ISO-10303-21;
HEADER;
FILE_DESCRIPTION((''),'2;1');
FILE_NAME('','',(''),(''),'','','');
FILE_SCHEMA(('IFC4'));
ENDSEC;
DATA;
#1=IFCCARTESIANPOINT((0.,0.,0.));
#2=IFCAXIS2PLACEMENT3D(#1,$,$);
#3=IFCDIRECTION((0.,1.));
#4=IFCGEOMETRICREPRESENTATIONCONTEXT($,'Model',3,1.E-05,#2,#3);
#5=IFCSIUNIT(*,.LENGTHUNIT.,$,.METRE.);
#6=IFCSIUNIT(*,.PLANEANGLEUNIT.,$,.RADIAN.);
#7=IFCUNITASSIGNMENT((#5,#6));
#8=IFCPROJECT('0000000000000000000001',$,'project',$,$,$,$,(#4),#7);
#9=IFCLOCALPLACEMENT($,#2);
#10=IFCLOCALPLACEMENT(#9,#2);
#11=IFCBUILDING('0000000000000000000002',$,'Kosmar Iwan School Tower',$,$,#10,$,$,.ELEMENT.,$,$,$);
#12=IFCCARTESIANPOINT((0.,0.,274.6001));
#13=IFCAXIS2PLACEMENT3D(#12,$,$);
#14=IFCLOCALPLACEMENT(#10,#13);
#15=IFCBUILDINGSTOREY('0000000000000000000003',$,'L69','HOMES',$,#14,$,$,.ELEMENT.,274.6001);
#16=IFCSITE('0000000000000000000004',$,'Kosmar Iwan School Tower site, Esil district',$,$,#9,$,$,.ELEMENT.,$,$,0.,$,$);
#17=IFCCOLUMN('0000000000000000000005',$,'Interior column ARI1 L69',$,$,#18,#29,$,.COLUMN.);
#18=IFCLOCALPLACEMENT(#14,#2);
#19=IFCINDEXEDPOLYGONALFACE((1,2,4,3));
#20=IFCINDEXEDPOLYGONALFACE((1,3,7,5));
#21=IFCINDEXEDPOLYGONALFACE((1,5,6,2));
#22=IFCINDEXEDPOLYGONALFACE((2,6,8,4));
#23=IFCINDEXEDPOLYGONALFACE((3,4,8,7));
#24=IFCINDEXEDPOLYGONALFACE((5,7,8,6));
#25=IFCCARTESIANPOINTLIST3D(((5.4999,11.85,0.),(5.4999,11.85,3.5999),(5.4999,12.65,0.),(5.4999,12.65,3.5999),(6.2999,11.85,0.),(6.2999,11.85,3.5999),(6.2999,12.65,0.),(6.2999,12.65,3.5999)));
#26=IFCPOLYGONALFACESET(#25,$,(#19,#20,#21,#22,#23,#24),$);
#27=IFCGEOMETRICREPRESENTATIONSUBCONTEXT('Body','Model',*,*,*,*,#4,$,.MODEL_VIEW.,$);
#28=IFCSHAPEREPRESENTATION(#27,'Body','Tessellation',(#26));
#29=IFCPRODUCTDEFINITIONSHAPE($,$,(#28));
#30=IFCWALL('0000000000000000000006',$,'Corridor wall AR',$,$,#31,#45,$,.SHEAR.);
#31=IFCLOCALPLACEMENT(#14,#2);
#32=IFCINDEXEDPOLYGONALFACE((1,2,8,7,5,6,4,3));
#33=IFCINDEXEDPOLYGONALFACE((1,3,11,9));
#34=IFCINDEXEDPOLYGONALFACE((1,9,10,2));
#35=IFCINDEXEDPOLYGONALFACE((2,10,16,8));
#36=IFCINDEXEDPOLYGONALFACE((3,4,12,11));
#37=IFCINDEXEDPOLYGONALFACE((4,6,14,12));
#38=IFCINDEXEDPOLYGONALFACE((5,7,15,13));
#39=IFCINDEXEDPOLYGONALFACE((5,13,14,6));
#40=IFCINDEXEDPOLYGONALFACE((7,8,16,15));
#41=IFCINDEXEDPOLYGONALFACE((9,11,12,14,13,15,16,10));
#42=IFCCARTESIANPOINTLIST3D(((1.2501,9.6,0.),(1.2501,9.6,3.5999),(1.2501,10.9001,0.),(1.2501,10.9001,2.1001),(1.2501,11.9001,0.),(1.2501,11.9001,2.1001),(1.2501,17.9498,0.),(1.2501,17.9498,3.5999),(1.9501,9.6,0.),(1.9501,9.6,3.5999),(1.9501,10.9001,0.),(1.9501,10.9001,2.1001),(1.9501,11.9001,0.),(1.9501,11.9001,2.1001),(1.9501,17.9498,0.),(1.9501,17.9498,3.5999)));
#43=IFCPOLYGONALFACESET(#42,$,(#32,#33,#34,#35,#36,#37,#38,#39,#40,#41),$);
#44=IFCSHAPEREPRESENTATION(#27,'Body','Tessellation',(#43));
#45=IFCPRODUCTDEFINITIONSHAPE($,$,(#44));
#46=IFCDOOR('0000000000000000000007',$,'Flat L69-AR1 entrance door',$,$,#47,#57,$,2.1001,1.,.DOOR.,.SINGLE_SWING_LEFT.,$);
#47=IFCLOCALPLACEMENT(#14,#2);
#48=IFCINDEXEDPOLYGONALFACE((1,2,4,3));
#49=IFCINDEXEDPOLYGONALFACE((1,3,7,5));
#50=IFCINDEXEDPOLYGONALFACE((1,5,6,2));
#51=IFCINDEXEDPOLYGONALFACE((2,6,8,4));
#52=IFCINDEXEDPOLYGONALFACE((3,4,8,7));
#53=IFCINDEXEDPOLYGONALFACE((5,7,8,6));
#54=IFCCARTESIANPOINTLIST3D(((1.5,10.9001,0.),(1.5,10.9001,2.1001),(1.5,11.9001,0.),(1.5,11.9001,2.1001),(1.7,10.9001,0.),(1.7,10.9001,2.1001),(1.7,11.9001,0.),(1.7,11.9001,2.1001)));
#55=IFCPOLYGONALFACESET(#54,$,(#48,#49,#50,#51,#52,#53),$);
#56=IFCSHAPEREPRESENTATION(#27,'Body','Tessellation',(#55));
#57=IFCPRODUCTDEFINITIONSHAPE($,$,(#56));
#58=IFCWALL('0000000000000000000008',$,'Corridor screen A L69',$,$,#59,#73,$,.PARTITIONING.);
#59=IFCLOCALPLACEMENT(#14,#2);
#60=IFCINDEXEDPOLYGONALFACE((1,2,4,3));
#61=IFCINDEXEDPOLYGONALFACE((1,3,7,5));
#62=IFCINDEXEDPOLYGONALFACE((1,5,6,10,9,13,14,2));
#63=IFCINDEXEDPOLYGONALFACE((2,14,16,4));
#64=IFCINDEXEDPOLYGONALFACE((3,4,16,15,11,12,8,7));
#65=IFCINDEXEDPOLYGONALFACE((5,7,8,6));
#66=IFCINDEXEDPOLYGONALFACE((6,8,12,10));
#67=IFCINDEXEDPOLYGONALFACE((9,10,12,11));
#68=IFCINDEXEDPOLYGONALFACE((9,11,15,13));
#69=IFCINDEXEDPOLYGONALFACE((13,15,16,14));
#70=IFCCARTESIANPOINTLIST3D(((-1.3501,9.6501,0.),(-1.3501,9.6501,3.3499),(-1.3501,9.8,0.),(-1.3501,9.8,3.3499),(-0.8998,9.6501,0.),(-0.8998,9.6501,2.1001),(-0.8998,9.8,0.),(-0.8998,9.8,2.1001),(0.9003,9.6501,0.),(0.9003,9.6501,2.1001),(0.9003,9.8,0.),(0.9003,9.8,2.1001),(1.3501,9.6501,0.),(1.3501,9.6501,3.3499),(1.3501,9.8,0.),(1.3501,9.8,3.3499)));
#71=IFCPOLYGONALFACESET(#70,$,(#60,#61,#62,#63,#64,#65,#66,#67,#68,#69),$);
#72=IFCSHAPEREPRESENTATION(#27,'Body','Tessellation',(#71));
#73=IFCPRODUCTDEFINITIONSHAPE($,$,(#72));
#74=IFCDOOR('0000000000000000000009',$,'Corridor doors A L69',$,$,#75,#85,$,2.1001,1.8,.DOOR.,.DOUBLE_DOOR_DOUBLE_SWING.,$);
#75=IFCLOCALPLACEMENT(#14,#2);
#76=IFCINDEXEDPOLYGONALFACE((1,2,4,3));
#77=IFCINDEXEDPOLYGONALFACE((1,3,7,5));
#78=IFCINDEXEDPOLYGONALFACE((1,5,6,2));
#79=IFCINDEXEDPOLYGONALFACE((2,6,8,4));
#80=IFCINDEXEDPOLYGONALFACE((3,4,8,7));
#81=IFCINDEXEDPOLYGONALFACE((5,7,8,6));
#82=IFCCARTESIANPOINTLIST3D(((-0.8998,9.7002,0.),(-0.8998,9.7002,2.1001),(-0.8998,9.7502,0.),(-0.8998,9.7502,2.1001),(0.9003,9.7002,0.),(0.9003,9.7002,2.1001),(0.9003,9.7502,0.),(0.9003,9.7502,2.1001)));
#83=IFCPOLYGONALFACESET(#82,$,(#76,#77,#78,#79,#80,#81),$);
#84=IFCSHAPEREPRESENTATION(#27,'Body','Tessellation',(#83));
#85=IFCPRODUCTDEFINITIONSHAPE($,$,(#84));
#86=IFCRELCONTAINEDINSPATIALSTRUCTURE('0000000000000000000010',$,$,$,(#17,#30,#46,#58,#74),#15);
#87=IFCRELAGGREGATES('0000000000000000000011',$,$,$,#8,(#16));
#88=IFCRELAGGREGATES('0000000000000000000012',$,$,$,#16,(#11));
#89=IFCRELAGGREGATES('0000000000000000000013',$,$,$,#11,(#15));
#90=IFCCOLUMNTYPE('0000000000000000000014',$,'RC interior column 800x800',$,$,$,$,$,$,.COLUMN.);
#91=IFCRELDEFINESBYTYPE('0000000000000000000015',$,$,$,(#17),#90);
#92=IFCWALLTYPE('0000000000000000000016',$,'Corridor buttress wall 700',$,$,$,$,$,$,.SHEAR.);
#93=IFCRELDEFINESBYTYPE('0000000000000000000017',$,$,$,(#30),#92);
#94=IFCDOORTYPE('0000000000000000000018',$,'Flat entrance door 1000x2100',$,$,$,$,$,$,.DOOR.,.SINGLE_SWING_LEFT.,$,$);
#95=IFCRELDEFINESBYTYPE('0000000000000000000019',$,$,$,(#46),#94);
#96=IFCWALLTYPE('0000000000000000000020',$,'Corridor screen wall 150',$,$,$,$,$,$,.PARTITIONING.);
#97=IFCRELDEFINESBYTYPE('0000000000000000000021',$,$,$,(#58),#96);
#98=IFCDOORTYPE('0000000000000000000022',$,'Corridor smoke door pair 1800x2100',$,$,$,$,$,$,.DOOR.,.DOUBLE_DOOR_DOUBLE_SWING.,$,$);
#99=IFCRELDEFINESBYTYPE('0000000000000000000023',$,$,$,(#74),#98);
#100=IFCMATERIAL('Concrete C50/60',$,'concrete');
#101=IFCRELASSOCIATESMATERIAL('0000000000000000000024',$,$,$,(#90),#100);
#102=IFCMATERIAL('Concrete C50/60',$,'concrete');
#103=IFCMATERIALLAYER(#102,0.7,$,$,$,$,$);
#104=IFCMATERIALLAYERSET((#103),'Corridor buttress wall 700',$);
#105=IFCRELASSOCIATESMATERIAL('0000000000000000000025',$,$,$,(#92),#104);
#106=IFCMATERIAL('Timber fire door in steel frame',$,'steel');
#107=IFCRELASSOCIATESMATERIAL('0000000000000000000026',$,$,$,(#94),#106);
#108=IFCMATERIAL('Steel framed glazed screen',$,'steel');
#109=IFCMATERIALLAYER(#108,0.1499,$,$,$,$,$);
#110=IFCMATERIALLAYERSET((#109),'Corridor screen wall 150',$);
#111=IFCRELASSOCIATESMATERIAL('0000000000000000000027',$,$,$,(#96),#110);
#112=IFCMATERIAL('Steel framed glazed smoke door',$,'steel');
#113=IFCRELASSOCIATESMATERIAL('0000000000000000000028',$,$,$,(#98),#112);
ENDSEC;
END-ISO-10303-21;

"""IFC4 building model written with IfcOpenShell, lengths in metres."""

from ifc_helpers import new_model, si_unit, direction, frame, frame_2d, origin, origin_2d, place, context, subcontext, project, spatial, rectangle, extrude, material, layer, layer_set, material_profile, profile_set, type_object, element, fill, save


model = new_model("IFC4")

# Units and contexts
model_context = context("Model", 3, precision=1e-05, world=origin(), true_north=direction((0.0, 1.0)))
body_context = subcontext(model_context, "Body", "Model", "MODEL_VIEW")
ifc_project = project(units=[si_unit("LENGTHUNIT", "METRE"), si_unit("PLANEANGLEUNIT", "RADIAN")], contexts=[model_context])

# Site, building, storey
site_placement = place(None, origin())
site = spatial("IfcSite", under=ifc_project, at=site_placement, Name="Kosmar Iwan School Tower site, Esil district", CompositionType="ELEMENT", RefElevation=0.0)
building_placement = place(site_placement, origin())
building = spatial("IfcBuilding", under=site, at=building_placement, Name="Kosmar Iwan School Tower", CompositionType="ELEMENT")
storey_placement = place(building_placement, frame((0.0, 0.0, 274.6001)))
storey = spatial("IfcBuildingStorey", under=building, at=storey_placement, Name="L69", Description="HOMES", CompositionType="ELEMENT", Elevation=274.6001)

# Column
ifc_material_1 = material(Name="Concrete C50/60", Category="concrete")
ifc_material_profile = material_profile(ifc_material_1, rectangle(XDim=0.8, YDim=0.8, at=origin_2d()), Name="RC 800x800")
ifc_profile_set = profile_set([ifc_material_profile], Name="Concrete C50/60")
column_type = type_object("IfcColumnType", Name="RC interior column 800x800", PredefinedType="COLUMN", material=ifc_profile_set)
column_placement = place(storey_placement, frame((5.8999, 12.25, 0.0), z_axis=(0.0, 0.0, 1.0), x_axis=(0.0, 1.0, 0.0)))
element("IfcColumn", 1, at=column_placement, inside=storey, type_object=column_type, Name="Interior column ARI1 L69", PredefinedType="COLUMN", context=body_context, shape_type="SweptSolid", body=[
    extrude(rectangle(XDim=0.8, YDim=0.8, at=origin_2d()), origin(), (0.0, 0.0, 1.0), 3.5999),
])

# Walls, openings, doors
ifc_material_2 = material(Name="Concrete C50/60", Category="concrete")
ifc_layer_1 = layer(ifc_material_2, 0.7)
ifc_layer_set_1 = layer_set([ifc_layer_1], Name="Corridor buttress wall 700")
wall_type_1 = type_object("IfcWallType", Name="Corridor buttress wall 700", PredefinedType="SHEAR", material=ifc_layer_set_1)
wall_1_placement = place(storey_placement, frame((1.6001, 9.6001, 0.0), z_axis=(0.0, 0.0, 1.0), x_axis=(0.0, 1.0, 0.0)))
wall_1 = element("IfcWall", 2, at=wall_1_placement, inside=storey, type_object=wall_type_1, Name="Corridor wall AR", PredefinedType="SHEAR", context=body_context, shape_type="SweptSolid", body=[
    extrude(rectangle(XDim=8.3499, YDim=0.7, at=frame_2d((4.1748, 0.0))), origin(), (0.0, 0.0, 1.0), 3.5999),
])
opening_1_placement = place(wall_1_placement, frame((1.3, 0.0, 0.0)))
opening_1 = element("IfcOpeningElement", 3, at=opening_1_placement, cuts=wall_1, PredefinedType="OPENING", context=body_context, shape_type="SweptSolid", body=[
    extrude(rectangle(XDim=1.0, YDim=2.1001, at=frame_2d((0.5, 1.05))), frame((0.0, 0.3621, 0.0), z_axis=(0.0, -1.0, 0.0), x_axis=(1.0, 0.0, 0.0)), (0.0, 0.0, 1.0), 0.7239),
])
ifc_material_3 = material(Name="Timber fire door in steel frame", Category="steel")
door_type_1 = type_object("IfcDoorType", Name="Flat entrance door 1000x2100", OperationType="SINGLE_SWING_LEFT", PredefinedType="DOOR", material=ifc_material_3)
door_1_placement = place(opening_1_placement, origin())
door_1 = element("IfcDoor", 4, at=door_1_placement, inside=storey, type_object=door_type_1, Name="Flat L69-AR1 entrance door", OperationType="SINGLE_SWING_LEFT", OverallHeight=2.1001, OverallWidth=1.0, PredefinedType="DOOR", context=body_context, shape_type="SweptSolid", body=[
    extrude(rectangle(XDim=1.0, YDim=2.1001, at=frame_2d((0.5, 1.05))), frame((0.0, 0.1001, 0.0), z_axis=(0.0, -1.0, 0.0), x_axis=(1.0, 0.0, 0.0)), (0.0, 0.0, 1.0), 0.2),
])
fill(opening_1, door_1)
ifc_material_4 = material(Name="Steel framed glazed screen", Category="steel")
ifc_layer_2 = layer(ifc_material_4, 0.1499)
ifc_layer_set_2 = layer_set([ifc_layer_2], Name="Corridor screen wall 150")
wall_type_2 = type_object("IfcWallType", Name="Corridor screen wall 150", PredefinedType="PARTITIONING", material=ifc_layer_set_2)
wall_2_placement = place(storey_placement, frame((1.3501, 9.7251, 0.0), z_axis=(0.0, 0.0, 1.0), x_axis=(-1.0, 0.0, 0.0)))
wall_2 = element("IfcWall", 5, at=wall_2_placement, inside=storey, type_object=wall_type_2, Name="Corridor screen A L69", PredefinedType="PARTITIONING", context=body_context, shape_type="SweptSolid", body=[
    extrude(rectangle(XDim=2.7002, YDim=0.1499, at=frame_2d((1.3501, 0.0))), origin(), (0.0, 0.0, 1.0), 3.3499),
])
opening_2_placement = place(wall_2_placement, frame((0.45, 0.0, 0.0)))
opening_2 = element("IfcOpeningElement", 6, at=opening_2_placement, cuts=wall_2, PredefinedType="OPENING", context=body_context, shape_type="SweptSolid", body=[
    extrude(rectangle(XDim=1.8, YDim=2.1001, at=frame_2d((0.8999, 1.05))), frame((0.0, 0.0869, 0.0), z_axis=(0.0, -1.0, 0.0), x_axis=(1.0, 0.0, 0.0)), (0.0, 0.0, 1.0), 0.1738),
])
ifc_material_5 = material(Name="Steel framed glazed smoke door", Category="steel")
door_type_2 = type_object("IfcDoorType", Name="Corridor smoke door pair 1800x2100", OperationType="DOUBLE_DOOR_DOUBLE_SWING", PredefinedType="DOOR", material=ifc_material_5)
door_2_placement = place(opening_2_placement, origin())
door_2 = element("IfcDoor", 7, at=door_2_placement, inside=storey, type_object=door_type_2, Name="Corridor doors A L69", OperationType="DOUBLE_DOOR_DOUBLE_SWING", OverallHeight=2.1001, OverallWidth=1.8, PredefinedType="DOOR", context=body_context, shape_type="SweptSolid", body=[
    extrude(rectangle(XDim=1.8, YDim=2.1001, at=frame_2d((0.8999, 1.05))), frame((0.0, 0.0249, 0.0), z_axis=(0.0, -1.0, 0.0), x_axis=(1.0, 0.0, 0.0)), (0.0, 0.0, 1.0), 0.05),
])
fill(opening_2, door_2)

save(model, "model.ifc")
